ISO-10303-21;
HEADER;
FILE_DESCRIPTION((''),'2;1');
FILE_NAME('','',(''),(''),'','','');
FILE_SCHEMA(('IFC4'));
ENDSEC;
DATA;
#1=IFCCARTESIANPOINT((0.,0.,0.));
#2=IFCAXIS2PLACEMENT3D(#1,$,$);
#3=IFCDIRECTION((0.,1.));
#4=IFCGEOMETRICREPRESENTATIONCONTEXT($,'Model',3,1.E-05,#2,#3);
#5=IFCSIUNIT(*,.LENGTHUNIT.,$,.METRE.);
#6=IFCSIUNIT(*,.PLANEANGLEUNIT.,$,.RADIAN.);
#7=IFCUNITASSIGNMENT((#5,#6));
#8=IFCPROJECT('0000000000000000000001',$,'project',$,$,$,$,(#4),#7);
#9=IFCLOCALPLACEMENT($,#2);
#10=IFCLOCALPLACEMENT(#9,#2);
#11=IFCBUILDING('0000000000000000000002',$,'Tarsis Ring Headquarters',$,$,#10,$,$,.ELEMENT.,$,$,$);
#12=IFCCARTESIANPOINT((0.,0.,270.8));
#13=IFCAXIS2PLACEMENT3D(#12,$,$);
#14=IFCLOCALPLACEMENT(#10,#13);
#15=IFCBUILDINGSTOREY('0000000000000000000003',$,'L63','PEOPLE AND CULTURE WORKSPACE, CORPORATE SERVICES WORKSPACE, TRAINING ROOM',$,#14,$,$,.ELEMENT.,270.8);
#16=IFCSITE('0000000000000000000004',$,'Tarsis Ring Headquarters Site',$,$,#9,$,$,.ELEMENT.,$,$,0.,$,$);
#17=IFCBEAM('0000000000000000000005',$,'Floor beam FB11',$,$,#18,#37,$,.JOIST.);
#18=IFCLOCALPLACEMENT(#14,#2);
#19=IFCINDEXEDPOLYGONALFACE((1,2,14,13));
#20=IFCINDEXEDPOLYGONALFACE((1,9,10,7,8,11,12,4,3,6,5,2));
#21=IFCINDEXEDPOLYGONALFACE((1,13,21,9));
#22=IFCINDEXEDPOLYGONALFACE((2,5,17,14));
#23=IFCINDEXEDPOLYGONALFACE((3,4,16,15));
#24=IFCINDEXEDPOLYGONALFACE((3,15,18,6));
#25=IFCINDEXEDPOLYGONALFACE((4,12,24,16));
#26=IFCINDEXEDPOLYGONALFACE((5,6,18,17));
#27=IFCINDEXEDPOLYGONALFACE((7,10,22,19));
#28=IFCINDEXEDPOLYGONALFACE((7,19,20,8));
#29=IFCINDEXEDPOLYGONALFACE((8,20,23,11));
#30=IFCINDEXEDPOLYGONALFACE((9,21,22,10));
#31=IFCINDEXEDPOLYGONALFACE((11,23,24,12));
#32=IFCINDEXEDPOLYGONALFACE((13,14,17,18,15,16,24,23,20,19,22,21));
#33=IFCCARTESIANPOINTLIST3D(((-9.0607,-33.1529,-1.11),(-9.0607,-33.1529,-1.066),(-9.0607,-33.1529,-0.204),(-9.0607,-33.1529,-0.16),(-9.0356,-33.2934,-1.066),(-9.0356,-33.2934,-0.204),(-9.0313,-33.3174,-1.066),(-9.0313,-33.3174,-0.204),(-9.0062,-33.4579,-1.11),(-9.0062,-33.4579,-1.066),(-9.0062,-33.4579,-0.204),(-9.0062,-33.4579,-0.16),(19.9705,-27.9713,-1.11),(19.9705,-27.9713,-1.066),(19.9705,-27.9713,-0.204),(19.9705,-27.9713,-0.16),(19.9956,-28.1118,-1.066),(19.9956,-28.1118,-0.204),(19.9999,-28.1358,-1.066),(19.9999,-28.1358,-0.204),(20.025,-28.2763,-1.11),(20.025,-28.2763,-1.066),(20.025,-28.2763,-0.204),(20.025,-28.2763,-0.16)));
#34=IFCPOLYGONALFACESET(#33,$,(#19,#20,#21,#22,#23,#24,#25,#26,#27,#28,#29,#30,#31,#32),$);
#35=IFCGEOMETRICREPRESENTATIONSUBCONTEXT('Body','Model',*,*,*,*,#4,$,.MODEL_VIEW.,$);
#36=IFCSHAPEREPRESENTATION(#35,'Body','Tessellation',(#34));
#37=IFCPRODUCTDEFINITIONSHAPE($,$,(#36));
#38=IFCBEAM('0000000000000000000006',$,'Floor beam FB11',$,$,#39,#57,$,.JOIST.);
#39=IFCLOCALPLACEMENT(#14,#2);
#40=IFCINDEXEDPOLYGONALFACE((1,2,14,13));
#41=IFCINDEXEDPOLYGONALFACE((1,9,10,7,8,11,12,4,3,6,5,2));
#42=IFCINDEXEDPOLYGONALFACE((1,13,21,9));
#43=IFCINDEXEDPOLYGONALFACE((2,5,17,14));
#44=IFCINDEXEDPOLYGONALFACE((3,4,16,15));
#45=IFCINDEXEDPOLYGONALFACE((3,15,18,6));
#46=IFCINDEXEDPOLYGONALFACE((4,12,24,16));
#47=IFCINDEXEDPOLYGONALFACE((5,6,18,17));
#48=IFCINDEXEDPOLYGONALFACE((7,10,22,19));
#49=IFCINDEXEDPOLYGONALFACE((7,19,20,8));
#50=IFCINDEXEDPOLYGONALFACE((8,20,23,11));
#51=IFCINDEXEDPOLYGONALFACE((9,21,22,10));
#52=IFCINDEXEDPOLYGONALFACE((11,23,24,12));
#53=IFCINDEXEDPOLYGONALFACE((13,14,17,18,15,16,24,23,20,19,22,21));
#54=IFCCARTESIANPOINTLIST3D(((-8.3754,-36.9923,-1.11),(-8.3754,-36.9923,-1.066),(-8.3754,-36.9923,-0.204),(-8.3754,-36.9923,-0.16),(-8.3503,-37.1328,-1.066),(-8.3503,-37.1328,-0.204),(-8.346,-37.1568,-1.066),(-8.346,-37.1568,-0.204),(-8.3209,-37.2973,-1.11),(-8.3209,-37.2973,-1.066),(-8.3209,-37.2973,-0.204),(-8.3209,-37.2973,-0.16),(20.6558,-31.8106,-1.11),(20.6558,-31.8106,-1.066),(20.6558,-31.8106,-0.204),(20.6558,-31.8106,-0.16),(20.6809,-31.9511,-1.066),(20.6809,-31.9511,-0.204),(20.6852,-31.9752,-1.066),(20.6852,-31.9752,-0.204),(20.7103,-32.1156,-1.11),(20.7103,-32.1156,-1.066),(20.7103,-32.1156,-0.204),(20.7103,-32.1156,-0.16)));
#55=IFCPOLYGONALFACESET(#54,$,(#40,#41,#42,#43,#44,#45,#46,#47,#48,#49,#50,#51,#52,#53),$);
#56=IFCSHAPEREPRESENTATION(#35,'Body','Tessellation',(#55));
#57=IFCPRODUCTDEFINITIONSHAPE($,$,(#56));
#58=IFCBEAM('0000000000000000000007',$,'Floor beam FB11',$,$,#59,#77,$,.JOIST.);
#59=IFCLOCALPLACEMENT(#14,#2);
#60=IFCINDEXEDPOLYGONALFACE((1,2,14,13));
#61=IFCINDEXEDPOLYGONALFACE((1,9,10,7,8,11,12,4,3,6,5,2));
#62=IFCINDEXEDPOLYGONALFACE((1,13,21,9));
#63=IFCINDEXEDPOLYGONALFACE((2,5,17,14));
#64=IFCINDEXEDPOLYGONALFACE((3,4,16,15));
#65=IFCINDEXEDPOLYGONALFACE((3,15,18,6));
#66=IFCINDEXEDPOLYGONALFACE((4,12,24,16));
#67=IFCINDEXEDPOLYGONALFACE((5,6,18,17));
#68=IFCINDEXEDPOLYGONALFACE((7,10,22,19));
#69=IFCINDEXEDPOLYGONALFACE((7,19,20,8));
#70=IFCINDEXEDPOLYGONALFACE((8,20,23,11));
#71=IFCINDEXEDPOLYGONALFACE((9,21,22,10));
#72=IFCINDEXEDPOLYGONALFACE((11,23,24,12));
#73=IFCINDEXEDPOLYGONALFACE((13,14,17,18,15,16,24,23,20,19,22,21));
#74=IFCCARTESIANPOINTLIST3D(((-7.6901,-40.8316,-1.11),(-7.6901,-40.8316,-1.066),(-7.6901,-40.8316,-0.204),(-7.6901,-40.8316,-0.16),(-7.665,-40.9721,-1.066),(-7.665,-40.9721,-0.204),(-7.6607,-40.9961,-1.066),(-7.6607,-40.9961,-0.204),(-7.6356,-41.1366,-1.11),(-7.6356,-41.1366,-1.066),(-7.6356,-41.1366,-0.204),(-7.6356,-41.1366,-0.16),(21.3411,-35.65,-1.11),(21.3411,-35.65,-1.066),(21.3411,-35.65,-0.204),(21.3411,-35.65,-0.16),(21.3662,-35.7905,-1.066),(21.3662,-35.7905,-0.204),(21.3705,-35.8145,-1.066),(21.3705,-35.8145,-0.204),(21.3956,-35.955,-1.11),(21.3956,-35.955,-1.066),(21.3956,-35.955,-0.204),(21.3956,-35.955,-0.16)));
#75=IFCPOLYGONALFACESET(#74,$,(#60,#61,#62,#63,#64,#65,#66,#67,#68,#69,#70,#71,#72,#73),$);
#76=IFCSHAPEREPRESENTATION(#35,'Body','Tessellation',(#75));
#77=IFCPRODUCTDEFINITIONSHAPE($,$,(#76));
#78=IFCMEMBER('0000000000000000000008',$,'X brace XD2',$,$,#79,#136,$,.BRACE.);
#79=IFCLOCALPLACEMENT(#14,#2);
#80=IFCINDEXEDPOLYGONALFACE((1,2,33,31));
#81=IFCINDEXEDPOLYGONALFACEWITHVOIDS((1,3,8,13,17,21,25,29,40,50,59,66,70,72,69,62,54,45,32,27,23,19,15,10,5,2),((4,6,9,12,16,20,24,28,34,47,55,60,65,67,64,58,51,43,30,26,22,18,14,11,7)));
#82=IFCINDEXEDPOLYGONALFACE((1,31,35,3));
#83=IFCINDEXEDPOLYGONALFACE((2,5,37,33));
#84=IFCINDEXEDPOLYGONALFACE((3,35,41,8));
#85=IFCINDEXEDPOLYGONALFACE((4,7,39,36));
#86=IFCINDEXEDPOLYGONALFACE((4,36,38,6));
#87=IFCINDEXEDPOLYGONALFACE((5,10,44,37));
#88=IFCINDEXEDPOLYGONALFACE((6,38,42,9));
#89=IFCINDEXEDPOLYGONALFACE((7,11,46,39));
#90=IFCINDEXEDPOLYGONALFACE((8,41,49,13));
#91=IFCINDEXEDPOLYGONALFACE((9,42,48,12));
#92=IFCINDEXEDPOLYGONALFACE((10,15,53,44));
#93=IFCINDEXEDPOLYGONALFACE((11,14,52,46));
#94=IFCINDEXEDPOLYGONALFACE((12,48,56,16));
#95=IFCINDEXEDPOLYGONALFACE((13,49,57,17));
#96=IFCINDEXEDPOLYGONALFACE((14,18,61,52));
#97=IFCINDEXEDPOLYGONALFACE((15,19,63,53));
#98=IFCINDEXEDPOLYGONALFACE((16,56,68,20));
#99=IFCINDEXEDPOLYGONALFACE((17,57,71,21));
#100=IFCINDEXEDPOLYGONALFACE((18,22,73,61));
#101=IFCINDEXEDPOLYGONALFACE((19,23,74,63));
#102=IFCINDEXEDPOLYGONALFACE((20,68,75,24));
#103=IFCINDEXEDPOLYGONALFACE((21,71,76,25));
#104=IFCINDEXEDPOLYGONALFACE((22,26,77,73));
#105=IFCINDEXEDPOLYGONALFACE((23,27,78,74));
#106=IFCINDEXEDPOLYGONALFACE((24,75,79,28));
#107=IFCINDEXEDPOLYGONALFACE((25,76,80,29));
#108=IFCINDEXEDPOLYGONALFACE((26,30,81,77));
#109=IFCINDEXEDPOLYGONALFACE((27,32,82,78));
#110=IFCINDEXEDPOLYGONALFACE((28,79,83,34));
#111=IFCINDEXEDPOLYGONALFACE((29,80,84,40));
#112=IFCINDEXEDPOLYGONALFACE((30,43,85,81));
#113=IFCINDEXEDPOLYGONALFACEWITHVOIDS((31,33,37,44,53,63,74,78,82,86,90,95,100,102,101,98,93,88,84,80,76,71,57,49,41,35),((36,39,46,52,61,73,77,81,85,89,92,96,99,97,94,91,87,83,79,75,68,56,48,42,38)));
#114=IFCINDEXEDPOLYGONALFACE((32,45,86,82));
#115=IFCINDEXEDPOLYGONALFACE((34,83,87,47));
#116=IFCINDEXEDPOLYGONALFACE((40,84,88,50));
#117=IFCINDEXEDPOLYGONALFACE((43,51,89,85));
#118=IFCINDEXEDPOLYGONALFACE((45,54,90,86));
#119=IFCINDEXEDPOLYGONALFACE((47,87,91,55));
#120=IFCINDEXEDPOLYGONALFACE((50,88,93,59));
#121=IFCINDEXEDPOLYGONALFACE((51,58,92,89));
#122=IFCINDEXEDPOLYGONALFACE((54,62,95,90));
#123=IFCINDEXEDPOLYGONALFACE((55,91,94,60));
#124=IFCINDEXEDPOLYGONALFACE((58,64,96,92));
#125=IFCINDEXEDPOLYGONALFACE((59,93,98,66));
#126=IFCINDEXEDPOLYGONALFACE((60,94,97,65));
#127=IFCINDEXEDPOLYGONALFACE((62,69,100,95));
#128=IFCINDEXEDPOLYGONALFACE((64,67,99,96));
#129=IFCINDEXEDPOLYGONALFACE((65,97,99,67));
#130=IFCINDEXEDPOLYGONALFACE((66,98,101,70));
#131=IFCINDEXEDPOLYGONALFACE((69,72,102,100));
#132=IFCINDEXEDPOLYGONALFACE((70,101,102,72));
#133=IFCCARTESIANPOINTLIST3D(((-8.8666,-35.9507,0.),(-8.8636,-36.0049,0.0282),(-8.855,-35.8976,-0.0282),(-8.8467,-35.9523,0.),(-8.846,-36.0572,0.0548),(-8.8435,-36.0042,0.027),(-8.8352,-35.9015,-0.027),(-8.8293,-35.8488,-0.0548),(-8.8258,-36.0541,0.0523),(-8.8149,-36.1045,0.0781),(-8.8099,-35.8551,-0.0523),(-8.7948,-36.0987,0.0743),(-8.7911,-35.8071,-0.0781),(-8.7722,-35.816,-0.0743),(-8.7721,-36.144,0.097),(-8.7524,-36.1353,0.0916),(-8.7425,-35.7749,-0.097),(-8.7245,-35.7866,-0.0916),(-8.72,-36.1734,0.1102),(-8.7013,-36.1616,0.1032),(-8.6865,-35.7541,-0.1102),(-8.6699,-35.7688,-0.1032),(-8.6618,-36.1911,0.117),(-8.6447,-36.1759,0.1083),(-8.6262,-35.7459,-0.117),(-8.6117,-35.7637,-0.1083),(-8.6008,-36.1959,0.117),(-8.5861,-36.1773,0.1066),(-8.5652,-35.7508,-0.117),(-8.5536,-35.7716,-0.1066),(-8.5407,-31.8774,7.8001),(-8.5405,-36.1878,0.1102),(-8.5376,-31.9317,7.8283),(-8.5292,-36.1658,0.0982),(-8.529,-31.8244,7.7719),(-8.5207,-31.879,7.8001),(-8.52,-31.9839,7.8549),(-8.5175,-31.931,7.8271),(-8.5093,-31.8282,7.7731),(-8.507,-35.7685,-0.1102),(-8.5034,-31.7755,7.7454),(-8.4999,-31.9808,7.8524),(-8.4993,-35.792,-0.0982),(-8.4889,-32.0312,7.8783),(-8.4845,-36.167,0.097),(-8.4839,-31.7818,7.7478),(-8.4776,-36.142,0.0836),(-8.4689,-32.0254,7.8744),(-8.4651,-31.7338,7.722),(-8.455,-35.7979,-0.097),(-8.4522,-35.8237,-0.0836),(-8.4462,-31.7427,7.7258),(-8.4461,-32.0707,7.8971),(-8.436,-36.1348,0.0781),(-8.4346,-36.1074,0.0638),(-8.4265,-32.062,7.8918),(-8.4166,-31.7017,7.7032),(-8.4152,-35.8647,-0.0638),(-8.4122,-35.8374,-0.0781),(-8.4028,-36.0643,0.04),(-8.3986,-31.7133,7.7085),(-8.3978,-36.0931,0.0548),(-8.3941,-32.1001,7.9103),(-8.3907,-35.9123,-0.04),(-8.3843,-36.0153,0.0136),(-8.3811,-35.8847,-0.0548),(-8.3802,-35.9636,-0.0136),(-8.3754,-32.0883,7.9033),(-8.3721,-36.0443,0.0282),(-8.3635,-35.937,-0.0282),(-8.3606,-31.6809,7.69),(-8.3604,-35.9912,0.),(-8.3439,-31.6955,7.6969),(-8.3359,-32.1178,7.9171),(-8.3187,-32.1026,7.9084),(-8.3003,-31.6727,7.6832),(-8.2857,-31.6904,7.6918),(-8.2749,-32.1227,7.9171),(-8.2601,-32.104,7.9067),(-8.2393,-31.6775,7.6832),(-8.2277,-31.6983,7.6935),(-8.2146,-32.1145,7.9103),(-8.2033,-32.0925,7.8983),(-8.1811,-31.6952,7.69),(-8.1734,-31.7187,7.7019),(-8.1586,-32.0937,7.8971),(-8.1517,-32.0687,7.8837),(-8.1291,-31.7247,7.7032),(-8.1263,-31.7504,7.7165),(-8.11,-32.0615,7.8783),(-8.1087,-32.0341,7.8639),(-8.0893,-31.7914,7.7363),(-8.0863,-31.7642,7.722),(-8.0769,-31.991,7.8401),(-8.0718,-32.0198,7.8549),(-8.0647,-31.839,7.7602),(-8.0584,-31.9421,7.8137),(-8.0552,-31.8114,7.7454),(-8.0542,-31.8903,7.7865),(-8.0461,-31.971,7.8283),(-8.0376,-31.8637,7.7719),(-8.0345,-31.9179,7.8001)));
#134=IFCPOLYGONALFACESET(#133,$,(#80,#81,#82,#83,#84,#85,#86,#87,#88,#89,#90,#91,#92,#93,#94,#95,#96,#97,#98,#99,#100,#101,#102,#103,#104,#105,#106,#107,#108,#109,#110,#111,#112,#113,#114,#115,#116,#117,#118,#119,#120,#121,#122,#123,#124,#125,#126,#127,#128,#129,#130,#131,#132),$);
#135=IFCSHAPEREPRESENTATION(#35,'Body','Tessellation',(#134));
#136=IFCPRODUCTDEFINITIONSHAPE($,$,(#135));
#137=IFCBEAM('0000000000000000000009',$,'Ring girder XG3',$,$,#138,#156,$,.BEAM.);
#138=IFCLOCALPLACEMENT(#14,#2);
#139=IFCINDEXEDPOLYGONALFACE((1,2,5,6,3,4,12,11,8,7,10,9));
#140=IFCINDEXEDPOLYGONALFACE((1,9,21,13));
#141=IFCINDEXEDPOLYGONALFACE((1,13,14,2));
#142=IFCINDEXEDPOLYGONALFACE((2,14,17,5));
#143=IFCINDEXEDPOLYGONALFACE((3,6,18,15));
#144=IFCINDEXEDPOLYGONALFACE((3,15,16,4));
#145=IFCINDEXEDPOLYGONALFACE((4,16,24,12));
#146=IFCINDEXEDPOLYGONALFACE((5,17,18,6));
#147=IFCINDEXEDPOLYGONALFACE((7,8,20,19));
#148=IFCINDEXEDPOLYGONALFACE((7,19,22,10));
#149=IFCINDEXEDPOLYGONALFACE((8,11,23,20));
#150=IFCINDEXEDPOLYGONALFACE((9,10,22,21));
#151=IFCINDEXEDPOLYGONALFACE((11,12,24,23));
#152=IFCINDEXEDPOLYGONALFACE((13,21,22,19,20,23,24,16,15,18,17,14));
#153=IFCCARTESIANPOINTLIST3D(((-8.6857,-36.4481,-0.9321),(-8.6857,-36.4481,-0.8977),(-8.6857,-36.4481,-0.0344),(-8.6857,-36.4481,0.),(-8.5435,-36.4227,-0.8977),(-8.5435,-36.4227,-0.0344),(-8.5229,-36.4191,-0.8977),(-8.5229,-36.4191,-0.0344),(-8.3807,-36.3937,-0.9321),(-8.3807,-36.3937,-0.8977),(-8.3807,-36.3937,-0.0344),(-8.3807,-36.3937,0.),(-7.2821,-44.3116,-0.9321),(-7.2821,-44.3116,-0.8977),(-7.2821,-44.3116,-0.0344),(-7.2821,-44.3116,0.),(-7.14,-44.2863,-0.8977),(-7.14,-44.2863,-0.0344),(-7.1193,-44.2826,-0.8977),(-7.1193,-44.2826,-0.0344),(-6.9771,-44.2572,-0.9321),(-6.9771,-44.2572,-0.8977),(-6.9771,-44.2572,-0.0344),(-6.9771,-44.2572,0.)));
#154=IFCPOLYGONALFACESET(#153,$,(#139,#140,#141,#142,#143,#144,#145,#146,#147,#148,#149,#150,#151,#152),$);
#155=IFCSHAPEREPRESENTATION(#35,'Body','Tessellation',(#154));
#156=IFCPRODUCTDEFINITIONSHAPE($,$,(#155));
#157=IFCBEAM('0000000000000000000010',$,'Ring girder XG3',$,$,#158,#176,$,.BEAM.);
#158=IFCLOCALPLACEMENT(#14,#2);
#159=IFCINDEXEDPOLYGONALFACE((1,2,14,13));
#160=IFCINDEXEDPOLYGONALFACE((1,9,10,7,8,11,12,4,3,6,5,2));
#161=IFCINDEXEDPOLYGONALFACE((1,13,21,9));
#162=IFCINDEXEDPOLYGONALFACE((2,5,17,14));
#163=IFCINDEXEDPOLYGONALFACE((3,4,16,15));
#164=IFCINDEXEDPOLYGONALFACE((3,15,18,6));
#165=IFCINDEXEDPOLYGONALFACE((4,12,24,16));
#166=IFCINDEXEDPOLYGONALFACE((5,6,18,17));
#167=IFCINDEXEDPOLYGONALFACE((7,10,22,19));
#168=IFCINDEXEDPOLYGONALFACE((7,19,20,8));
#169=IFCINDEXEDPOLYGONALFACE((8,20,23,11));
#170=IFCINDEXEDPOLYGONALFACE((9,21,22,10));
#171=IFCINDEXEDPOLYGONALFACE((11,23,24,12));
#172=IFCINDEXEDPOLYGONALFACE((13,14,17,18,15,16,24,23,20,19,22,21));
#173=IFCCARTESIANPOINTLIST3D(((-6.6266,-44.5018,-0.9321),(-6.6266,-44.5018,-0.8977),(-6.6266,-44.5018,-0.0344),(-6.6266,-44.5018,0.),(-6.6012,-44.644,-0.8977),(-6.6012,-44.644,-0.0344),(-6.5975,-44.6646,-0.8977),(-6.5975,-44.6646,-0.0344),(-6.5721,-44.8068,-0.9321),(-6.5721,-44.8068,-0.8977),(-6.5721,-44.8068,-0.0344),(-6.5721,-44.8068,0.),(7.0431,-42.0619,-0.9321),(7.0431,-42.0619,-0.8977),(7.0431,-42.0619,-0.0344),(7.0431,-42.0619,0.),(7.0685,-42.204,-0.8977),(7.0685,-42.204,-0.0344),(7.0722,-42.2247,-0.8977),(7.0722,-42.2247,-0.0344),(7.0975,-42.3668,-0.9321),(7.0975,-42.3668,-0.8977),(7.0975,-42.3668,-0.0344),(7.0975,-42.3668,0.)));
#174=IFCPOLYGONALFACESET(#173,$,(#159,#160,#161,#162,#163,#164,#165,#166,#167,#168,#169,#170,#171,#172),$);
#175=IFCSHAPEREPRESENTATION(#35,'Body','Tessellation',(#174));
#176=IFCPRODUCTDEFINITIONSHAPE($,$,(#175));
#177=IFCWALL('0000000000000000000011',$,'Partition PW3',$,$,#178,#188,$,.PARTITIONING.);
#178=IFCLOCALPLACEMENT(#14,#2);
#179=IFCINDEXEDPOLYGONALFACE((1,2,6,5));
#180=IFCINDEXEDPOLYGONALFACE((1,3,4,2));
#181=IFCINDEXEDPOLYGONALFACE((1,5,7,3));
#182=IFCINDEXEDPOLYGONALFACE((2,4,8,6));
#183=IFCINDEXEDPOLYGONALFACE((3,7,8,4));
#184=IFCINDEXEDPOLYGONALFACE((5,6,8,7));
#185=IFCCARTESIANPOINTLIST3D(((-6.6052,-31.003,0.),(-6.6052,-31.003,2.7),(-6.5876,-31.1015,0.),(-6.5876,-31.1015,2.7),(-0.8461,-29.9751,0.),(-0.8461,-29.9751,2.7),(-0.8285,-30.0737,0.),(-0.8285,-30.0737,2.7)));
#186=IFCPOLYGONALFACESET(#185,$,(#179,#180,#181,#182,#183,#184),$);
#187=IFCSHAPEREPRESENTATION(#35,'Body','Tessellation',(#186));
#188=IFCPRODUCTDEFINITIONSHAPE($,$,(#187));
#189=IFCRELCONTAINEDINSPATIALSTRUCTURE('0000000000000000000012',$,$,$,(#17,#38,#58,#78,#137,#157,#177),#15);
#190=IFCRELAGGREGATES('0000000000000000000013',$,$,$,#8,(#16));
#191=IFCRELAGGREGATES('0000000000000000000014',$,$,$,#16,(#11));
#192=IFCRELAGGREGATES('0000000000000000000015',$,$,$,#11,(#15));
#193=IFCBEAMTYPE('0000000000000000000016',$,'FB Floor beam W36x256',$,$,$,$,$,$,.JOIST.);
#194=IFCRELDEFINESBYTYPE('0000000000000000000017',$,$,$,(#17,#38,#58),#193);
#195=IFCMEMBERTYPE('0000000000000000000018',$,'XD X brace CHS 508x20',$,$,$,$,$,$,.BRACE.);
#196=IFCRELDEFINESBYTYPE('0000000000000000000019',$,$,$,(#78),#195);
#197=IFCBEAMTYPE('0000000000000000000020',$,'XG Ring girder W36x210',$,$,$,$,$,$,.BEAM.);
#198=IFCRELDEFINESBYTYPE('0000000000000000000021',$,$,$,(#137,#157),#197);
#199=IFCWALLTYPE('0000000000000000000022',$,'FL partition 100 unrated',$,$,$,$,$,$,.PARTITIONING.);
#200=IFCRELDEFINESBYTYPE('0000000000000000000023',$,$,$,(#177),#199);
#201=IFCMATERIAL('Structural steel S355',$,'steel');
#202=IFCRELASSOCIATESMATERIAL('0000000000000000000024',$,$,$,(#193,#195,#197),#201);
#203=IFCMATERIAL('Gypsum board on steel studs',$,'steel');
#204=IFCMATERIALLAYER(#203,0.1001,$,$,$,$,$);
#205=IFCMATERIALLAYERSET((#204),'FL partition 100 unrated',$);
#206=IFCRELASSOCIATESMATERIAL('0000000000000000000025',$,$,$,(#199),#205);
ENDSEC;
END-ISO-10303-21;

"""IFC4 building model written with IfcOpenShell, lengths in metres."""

from ifc_helpers import new_model, si_unit, direction, frame, frame_2d, origin, origin_2d, place, context, subcontext, project, spatial, rectangle, hollow_circle, i_section, extrude, material, layer, layer_set, material_profile, profile_set, type_object, element, save


model = new_model("IFC4")

# Units and contexts
model_context = context("Model", 3, precision=1e-05, world=origin(), true_north=direction((0.0, 1.0)))
body_context = subcontext(model_context, "Body", "Model", "MODEL_VIEW")
ifc_project = project(units=[si_unit("LENGTHUNIT", "METRE"), si_unit("PLANEANGLEUNIT", "RADIAN")], contexts=[model_context])

# Site, building, storey
site_placement = place(None, origin())
site = spatial("IfcSite", under=ifc_project, at=site_placement, Name="Tarsis Ring Headquarters Site", CompositionType="ELEMENT", RefElevation=0.0)
building_placement = place(site_placement, origin())
building = spatial("IfcBuilding", under=site, at=building_placement, Name="Tarsis Ring Headquarters", CompositionType="ELEMENT")
storey_placement = place(building_placement, frame((0.0, 0.0, 270.8)))
storey = spatial("IfcBuildingStorey", under=building, at=storey_placement, Name="L63", Description="PEOPLE AND CULTURE WORKSPACE, CORPORATE SERVICES WORKSPACE, TRAINING ROOM", CompositionType="ELEMENT", Elevation=270.8)

# Shared definitions
ifc_material_1 = material(Name="Structural steel S355", Category="steel")

# Beams
ifc_material_profile_1 = material_profile(ifc_material_1, i_section(OverallWidth=0.3098, OverallDepth=0.95, WebThickness=0.0244, FlangeThickness=0.0439, at=origin_2d()), Name="W36x256")
ifc_profile_set_1 = profile_set([ifc_material_profile_1], Name="Structural steel S355")
beam_type_1 = type_object("IfcBeamType", Name="FB Floor beam W36x256", PredefinedType="JOIST", material=ifc_profile_set_1)
for number, where, z_axis, x_axis, name in (
    (1, (-9.0334, -33.3054, -0.635), (0.984442, 0.175708, 0.0), (-0.175708, 0.984442, 0.0), "Floor beam FB11"),
    (2, (-8.3481, -37.1448, -0.635), (0.984442, 0.175708, 0.0), (-0.175708, 0.984442, 0.0), "Floor beam FB11"),
    (3, (-7.6628, -40.9841, -0.635), (0.984442, 0.175708, 0.0), (-0.175708, 0.984442, 0.0), "Floor beam FB11"),
):
    element("IfcBeam", number, at=place(storey_placement, frame(where, z_axis=z_axis, x_axis=x_axis)), inside=storey, type_object=beam_type_1, Name=name, PredefinedType="JOIST", context=body_context, shape_type="SweptSolid", body=[
        extrude(i_section(OverallWidth=0.3098, OverallDepth=0.95, WebThickness=0.0244, FlangeThickness=0.0439, at=origin_2d()), origin(), (0.0, 0.0, 1.0), 29.49),
    ])

# Member
ifc_material_profile_2 = material_profile(ifc_material_1, hollow_circle(Radius=0.2539, WallThickness=0.02, at=origin_2d()), Name="CHS 508x20")
ifc_profile_set_2 = profile_set([ifc_material_profile_2], Name="Structural steel S355")
member_type = type_object("IfcMemberType", Name="XD X brace CHS 508x20", PredefinedType="BRACE", material=ifc_profile_set_2)
member_placement = place(storey_placement, frame((-8.6135, -35.9709, 0.0), z_axis=(0.037014, 0.462575, 0.885807), x_axis=(-0.996814, 0.079762, 0.0)))
element("IfcMember", 4, at=member_placement, inside=storey, type_object=member_type, Name="X brace XD2", PredefinedType="BRACE", context=body_context, shape_type="SweptSolid", body=[
    extrude(hollow_circle(Radius=0.2539, WallThickness=0.02, at=origin_2d()), origin(), (0.0, 0.0, 1.0), 8.8057),
])

# Beams
ifc_material_profile_3 = material_profile(ifc_material_1, i_section(OverallWidth=0.3098, OverallDepth=0.9321, WebThickness=0.021, FlangeThickness=0.0344, at=origin_2d()), Name="W36x210")
ifc_profile_set_3 = profile_set([ifc_material_profile_3], Name="Structural steel S355")
beam_type_2 = type_object("IfcBeamType", Name="XG Ring girder W36x210", PredefinedType="BEAM", material=ifc_profile_set_3)
beam_1_placement = place(storey_placement, frame((-8.5332, -36.4209, -0.4661), z_axis=(0.175713, -0.984441, 0.0), x_axis=(0.984441, 0.175713, 0.0)))
element("IfcBeam", 5, at=beam_1_placement, inside=storey, type_object=beam_type_2, Name="Ring girder XG3", PredefinedType="BEAM", context=body_context, shape_type="SweptSolid", body=[
    extrude(i_section(OverallWidth=0.3098, OverallDepth=0.9321, WebThickness=0.021, FlangeThickness=0.0344, at=origin_2d()), origin(), (0.0, 0.0, 1.0), 7.9878),
])
beam_2_placement = place(storey_placement, frame((-6.5994, -44.6543, -0.4661), z_axis=(0.984441, 0.175716, 0.0), x_axis=(-0.175716, 0.984441, 0.0)))
element("IfcBeam", 6, at=beam_2_placement, inside=storey, type_object=beam_type_2, Name="Ring girder XG3", PredefinedType="BEAM", context=body_context, shape_type="SweptSolid", body=[
    extrude(i_section(OverallWidth=0.3098, OverallDepth=0.9321, WebThickness=0.021, FlangeThickness=0.0344, at=origin_2d()), origin(), (0.0, 0.0, 1.0), 13.8857),
])

# Wall
ifc_material_2 = material(Name="Gypsum board on steel studs", Category="steel")
ifc_layer = layer(ifc_material_2, 0.1001)
ifc_layer_set = layer_set([ifc_layer], Name="FL partition 100 unrated")
wall_type = type_object("IfcWallType", Name="FL partition 100 unrated", PredefinedType="PARTITIONING", material=ifc_layer_set)
wall_placement = place(storey_placement, frame((-6.5964, -31.0522, 0.0), z_axis=(0.0, 0.0, 1.0), x_axis=(0.984444, 0.175697, 0.0)))
element("IfcWall", 7, at=wall_placement, inside=storey, type_object=wall_type, Name="Partition PW3", PredefinedType="PARTITIONING", context=body_context, shape_type="SweptSolid", body=[
    extrude(rectangle(XDim=5.8501, YDim=0.1001, at=frame_2d((2.925, 0.0))), origin(), (0.0, 0.0, 1.0), 2.7),
])

save(model, "model.ifc")
